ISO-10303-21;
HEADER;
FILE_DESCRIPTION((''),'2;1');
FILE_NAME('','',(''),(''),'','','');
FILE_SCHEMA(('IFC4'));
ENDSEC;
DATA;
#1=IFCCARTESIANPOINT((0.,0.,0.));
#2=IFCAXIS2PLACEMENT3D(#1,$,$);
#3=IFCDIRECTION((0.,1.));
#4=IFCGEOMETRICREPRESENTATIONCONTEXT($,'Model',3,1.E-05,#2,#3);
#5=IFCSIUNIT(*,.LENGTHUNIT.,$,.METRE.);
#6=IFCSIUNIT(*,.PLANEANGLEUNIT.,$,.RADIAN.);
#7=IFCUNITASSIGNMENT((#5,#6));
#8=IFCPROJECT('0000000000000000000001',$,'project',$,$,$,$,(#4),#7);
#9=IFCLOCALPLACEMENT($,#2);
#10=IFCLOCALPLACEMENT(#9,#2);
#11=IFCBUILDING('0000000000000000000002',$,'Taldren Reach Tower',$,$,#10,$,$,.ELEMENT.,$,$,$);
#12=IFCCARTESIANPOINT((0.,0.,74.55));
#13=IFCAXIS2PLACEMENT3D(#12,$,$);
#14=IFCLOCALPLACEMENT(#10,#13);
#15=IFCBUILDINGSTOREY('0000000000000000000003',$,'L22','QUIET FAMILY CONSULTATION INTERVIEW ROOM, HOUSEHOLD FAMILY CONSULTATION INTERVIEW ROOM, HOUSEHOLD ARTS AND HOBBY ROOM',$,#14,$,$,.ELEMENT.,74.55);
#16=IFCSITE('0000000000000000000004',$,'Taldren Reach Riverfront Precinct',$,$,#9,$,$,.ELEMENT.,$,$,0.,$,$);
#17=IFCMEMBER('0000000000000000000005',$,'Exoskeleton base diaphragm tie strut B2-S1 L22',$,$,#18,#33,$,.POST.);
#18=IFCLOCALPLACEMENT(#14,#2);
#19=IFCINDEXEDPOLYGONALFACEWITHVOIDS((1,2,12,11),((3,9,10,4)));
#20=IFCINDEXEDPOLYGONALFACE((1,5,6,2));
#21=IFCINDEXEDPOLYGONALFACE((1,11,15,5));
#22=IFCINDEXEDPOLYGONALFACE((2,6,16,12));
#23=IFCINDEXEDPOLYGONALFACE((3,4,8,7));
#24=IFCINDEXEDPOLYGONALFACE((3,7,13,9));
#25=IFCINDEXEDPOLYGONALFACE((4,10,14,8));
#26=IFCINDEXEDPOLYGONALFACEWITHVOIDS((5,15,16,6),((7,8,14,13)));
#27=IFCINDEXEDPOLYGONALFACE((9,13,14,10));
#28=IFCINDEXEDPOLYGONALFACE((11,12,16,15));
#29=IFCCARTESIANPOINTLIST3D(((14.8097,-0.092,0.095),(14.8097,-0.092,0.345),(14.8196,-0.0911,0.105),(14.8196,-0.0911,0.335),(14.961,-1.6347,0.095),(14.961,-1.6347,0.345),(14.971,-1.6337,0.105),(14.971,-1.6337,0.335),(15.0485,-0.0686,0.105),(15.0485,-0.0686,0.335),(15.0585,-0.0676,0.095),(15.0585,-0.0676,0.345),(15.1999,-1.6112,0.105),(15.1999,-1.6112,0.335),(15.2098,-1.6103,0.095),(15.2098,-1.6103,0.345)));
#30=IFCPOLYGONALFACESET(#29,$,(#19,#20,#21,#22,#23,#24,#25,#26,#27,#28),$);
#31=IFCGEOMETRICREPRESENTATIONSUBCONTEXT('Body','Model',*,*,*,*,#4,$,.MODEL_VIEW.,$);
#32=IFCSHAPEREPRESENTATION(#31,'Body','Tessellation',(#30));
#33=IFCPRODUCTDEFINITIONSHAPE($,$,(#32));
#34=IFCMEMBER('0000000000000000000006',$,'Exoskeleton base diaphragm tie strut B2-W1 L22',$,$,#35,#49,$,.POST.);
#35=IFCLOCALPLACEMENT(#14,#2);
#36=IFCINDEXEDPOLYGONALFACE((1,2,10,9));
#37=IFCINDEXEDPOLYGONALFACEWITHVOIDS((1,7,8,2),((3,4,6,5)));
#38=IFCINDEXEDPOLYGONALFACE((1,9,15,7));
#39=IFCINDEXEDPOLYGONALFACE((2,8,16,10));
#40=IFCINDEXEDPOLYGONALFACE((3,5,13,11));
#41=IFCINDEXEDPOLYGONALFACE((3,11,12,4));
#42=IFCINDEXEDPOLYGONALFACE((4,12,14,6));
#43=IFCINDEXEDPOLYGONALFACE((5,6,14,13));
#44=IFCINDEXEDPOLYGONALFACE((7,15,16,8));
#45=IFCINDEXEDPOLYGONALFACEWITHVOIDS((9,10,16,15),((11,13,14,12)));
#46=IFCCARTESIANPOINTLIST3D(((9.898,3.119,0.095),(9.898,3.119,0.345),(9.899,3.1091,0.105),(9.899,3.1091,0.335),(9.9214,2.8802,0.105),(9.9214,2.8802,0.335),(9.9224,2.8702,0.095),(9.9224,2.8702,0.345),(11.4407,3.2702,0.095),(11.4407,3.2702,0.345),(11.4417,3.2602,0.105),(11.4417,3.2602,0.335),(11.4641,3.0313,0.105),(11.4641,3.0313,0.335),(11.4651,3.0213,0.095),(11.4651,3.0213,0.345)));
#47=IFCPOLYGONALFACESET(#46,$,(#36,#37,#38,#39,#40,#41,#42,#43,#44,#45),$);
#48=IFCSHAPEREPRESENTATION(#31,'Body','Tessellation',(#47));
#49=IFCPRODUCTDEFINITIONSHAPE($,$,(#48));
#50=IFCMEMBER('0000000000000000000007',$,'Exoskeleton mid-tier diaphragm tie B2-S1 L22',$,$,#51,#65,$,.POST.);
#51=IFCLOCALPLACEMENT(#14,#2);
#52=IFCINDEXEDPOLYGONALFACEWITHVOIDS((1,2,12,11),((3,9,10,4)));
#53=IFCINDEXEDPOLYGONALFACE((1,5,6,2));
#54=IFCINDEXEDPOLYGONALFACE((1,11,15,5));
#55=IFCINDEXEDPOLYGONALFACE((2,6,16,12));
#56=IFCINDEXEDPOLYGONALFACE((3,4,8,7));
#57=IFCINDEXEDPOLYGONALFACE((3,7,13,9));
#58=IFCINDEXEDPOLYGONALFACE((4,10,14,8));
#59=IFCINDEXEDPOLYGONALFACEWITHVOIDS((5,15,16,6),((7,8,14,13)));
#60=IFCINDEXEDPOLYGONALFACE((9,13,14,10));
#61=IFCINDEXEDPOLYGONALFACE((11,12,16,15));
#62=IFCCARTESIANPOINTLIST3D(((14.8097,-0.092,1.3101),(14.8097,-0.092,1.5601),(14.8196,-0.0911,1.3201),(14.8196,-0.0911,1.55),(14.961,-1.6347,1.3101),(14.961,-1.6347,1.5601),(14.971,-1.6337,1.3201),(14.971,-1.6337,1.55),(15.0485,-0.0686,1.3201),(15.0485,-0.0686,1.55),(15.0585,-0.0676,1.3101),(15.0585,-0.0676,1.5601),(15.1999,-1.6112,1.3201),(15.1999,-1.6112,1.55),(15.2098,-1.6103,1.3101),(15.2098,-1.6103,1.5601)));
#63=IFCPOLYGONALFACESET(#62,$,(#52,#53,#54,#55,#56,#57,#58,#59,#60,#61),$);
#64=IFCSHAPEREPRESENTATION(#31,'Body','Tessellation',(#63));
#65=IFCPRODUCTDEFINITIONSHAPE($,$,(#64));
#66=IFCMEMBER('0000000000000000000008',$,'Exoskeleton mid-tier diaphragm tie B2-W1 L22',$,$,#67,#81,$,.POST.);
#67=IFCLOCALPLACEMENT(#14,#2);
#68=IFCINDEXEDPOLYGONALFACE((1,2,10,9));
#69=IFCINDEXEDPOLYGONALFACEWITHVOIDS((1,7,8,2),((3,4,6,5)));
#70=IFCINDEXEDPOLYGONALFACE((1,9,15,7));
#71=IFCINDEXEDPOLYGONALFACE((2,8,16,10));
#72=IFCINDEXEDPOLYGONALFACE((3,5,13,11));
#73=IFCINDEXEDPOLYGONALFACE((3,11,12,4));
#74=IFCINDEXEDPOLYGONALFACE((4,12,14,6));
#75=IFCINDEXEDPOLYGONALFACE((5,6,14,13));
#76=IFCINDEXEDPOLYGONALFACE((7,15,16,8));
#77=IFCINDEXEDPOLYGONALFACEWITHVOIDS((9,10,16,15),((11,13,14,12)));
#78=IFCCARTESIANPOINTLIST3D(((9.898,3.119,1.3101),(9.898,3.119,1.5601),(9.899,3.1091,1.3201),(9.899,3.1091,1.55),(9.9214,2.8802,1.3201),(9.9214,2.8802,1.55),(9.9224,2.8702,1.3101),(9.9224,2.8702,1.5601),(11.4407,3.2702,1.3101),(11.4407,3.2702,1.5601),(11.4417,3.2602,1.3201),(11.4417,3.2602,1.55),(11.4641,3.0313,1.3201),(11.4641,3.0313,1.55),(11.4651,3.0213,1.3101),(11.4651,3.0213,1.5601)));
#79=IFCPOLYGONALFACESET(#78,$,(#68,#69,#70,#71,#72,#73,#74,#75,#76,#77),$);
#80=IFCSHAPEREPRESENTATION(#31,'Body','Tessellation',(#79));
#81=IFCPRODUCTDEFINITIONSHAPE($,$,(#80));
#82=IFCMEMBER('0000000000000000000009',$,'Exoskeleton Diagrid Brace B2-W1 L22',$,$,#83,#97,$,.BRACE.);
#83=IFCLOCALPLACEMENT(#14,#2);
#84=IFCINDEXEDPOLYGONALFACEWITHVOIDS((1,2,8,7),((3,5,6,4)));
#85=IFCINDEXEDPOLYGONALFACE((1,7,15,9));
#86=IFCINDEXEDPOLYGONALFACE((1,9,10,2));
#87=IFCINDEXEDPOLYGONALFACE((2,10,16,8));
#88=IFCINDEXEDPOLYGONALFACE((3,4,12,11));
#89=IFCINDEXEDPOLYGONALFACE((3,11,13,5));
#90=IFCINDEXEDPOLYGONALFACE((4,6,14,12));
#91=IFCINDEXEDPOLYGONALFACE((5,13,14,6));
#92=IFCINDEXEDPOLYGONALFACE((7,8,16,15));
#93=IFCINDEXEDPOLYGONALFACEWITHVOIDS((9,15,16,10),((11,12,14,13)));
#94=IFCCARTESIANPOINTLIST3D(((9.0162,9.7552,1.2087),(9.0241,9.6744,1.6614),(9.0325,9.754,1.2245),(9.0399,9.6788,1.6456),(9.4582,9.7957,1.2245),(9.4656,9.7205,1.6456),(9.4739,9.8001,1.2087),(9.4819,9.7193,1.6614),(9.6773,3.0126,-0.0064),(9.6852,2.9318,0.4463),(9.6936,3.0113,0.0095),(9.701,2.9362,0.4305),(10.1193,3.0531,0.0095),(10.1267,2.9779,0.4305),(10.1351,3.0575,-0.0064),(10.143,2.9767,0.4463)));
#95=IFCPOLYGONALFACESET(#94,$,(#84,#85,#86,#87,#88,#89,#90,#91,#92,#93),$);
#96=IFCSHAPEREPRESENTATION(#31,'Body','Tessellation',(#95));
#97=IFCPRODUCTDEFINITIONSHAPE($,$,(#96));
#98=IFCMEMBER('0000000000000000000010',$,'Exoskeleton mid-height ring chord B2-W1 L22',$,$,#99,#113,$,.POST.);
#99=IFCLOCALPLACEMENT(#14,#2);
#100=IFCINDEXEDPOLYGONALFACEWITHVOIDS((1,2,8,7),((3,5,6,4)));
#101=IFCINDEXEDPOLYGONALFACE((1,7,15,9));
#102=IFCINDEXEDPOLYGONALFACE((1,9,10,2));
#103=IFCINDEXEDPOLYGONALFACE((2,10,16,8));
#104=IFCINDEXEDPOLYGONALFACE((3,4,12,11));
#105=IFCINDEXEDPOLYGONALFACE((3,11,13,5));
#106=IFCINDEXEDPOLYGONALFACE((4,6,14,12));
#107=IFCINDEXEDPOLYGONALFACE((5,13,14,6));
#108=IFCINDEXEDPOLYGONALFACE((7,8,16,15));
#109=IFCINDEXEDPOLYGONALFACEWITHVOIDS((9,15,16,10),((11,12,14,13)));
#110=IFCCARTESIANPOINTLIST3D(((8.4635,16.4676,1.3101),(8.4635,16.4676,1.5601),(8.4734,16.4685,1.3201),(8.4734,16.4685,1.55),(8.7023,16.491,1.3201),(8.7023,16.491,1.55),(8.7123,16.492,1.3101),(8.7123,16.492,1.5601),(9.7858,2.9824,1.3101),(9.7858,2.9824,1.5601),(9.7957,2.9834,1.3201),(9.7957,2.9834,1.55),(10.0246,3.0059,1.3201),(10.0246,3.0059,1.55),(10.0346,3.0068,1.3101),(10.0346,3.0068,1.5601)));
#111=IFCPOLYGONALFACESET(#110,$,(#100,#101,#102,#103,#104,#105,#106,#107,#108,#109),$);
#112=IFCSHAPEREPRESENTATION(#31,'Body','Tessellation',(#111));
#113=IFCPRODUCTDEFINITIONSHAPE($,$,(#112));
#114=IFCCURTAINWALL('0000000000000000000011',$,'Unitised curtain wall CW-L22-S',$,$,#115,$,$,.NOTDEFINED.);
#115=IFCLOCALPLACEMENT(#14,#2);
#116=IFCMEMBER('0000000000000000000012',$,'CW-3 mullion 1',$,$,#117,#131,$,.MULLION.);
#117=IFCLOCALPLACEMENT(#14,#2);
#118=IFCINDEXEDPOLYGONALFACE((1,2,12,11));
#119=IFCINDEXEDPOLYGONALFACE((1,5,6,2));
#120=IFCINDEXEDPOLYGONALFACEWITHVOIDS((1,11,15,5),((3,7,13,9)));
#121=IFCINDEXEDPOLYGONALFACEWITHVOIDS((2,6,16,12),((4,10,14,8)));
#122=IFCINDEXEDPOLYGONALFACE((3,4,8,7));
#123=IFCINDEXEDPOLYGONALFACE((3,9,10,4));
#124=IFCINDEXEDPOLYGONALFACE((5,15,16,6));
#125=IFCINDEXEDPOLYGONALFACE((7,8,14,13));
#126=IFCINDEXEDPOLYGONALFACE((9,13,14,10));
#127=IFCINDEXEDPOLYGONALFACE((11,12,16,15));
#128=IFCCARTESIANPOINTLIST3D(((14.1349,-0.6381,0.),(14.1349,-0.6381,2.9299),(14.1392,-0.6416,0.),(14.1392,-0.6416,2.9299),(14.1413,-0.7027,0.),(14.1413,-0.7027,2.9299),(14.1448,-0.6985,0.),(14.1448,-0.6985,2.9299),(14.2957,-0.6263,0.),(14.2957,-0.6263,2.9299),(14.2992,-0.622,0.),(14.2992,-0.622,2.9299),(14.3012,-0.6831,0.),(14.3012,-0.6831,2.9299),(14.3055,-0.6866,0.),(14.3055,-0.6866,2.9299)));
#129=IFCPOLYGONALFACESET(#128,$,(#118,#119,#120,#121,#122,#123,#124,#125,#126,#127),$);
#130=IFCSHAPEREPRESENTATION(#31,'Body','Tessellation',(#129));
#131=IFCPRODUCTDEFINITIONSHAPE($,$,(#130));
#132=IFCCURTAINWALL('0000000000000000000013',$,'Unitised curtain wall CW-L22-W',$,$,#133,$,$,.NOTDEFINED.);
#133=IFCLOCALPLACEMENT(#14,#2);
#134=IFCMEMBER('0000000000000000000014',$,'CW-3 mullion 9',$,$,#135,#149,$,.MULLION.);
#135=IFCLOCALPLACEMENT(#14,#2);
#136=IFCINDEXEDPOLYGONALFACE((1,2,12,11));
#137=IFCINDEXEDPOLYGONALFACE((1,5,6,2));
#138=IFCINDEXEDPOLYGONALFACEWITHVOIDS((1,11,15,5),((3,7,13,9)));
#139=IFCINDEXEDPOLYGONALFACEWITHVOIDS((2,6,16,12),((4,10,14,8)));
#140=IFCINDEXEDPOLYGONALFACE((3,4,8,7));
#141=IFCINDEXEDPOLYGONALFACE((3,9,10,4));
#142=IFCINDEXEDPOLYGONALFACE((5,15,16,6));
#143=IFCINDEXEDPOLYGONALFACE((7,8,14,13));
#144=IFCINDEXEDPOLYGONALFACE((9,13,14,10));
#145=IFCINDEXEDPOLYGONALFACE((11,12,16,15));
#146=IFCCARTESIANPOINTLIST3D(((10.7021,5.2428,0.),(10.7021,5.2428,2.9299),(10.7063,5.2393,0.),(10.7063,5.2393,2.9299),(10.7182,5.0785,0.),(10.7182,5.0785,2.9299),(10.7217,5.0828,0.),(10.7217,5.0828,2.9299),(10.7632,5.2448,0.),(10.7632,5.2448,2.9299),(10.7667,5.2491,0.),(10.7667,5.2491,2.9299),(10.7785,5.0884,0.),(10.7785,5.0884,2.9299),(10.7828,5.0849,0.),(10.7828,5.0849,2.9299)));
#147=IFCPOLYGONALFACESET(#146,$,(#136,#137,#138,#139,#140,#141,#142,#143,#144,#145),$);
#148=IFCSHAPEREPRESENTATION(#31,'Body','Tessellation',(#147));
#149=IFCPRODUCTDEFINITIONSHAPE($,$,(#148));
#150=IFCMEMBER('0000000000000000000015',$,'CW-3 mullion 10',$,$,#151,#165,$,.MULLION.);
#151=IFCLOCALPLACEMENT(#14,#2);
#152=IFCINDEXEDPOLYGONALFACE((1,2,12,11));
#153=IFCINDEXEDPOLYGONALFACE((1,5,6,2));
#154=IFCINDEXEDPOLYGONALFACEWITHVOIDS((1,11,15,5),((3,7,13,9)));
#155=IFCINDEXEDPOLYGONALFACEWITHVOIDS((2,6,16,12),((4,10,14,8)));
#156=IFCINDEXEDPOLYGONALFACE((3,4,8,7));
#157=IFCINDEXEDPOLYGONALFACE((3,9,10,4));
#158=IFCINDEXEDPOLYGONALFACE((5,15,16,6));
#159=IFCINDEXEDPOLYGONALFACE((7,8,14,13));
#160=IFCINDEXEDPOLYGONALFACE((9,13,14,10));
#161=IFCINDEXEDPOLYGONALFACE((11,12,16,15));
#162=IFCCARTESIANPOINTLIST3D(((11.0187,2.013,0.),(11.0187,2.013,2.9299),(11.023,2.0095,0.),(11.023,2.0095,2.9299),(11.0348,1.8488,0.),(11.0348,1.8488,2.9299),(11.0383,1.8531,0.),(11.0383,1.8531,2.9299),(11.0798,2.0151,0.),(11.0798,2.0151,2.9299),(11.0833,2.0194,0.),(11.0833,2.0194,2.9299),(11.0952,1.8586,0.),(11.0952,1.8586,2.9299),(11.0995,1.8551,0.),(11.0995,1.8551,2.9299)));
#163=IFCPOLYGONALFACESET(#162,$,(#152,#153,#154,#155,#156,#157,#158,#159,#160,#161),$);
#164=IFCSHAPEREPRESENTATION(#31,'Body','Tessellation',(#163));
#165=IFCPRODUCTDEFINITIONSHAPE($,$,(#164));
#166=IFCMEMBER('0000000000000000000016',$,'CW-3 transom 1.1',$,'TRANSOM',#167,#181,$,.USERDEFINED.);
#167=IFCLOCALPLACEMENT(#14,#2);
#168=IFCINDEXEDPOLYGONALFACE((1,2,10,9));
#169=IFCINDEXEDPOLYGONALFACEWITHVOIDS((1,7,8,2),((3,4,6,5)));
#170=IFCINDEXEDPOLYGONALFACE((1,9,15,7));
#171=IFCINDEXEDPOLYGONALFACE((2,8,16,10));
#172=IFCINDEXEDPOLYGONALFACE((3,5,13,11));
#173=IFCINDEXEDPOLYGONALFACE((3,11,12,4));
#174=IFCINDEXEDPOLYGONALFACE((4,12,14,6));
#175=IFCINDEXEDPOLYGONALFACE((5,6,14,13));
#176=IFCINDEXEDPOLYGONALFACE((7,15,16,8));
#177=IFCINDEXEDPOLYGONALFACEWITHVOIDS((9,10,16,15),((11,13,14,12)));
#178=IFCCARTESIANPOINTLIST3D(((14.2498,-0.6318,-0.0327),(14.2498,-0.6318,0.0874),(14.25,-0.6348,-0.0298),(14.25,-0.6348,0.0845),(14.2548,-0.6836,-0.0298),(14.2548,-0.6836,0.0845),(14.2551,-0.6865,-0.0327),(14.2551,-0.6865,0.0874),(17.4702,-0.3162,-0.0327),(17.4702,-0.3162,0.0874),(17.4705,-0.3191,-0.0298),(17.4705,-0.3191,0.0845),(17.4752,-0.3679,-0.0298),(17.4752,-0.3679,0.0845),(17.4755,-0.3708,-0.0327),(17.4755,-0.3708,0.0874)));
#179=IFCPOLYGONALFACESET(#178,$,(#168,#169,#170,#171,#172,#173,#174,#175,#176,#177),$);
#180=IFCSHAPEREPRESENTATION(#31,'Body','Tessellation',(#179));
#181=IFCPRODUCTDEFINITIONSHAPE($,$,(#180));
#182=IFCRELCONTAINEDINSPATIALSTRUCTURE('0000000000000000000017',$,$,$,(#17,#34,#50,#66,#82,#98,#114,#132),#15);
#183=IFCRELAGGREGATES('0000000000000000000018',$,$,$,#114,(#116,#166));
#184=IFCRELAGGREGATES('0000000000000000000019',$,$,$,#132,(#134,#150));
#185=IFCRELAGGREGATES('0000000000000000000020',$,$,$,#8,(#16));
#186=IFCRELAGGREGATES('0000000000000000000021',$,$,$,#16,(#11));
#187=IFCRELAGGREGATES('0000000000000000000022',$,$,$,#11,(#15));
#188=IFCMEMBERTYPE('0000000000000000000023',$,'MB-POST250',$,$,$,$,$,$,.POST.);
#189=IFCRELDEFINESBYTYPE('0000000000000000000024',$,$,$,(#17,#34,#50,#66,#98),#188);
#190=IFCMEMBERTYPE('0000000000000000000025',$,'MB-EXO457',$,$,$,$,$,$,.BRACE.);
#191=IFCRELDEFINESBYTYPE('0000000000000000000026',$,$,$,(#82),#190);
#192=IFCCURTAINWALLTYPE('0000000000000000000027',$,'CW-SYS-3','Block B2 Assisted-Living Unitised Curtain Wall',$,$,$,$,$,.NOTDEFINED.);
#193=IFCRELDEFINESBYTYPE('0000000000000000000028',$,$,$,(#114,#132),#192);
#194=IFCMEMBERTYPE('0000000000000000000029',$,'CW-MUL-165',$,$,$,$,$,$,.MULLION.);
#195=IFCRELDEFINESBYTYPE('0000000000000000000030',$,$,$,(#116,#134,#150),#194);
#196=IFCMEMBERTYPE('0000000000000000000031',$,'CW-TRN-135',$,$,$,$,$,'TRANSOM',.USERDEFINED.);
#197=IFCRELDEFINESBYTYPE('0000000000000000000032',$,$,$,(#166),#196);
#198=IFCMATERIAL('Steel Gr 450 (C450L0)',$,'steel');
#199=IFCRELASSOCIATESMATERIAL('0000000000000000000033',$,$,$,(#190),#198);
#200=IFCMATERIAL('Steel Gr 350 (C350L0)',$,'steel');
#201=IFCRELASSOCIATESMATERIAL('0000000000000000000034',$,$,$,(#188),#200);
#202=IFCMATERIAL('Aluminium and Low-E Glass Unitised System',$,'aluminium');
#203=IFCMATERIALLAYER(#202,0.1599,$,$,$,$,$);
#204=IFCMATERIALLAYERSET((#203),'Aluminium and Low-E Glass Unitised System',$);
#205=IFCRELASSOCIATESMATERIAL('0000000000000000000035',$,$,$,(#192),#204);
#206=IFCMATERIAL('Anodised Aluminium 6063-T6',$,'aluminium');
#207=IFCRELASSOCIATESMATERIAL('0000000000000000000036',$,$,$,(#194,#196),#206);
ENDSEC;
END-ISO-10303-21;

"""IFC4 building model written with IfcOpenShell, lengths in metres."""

from ifc_helpers import new_model, si_unit, direction, frame, origin, origin_2d, place, context, subcontext, project, spatial, hollow_rectangle, extrude, source, transform, mapped, material, layer, layer_set, material_profile, profile_set, type_object, element, aggregate, save


model = new_model("IFC4")

# Units and contexts
model_context = context("Model", 3, precision=1e-05, world=origin(), true_north=direction((0.0, 1.0)))
body_context = subcontext(model_context, "Body", "Model", "MODEL_VIEW")
ifc_project = project(units=[si_unit("LENGTHUNIT", "METRE"), si_unit("PLANEANGLEUNIT", "RADIAN")], contexts=[model_context])

# Site, building, storey
site_placement = place(None, origin())
site = spatial("IfcSite", under=ifc_project, at=site_placement, Name="Taldren Reach Riverfront Precinct", CompositionType="ELEMENT", RefElevation=0.0)
building_placement = place(site_placement, origin())
building = spatial("IfcBuilding", under=site, at=building_placement, Name="Taldren Reach Tower", CompositionType="ELEMENT")
storey_placement = place(building_placement, frame((0.0, 0.0, 74.55)))
storey = spatial("IfcBuildingStorey", under=building, at=storey_placement, Name="L22", Description="QUIET FAMILY CONSULTATION INTERVIEW ROOM, HOUSEHOLD FAMILY CONSULTATION INTERVIEW ROOM, HOUSEHOLD ARTS AND HOBBY ROOM", CompositionType="ELEMENT", Elevation=74.55)

# Members
ifc_material_1 = material(Name="Steel Gr 450 (C450L0)", Category="steel")
ifc_material_profile_1 = material_profile(ifc_material_1, hollow_rectangle(XDim=0.46, YDim=0.46, WallThickness=0.0161, at=origin_2d()), Name="460x460x16.0SHS")
ifc_profile_set_1 = profile_set([ifc_material_profile_1], Name="Steel Gr 450 (C450L0)")
member_type_1 = type_object("IfcMemberType", Name="MB-EXO457", PredefinedType="BRACE", material=ifc_profile_set_1)
ifc_material_2 = material(Name="Steel Gr 350 (C350L0)", Category="steel")
ifc_material_profile_2 = material_profile(ifc_material_2, hollow_rectangle(XDim=0.25, YDim=0.25, WallThickness=0.01, at=origin_2d()), Name="250x250x10.0SHS")
ifc_profile_set_2 = profile_set([ifc_material_profile_2], Name="Steel Gr 350 (C350L0)")
member_type_2 = type_object("IfcMemberType", Name="MB-POST250", PredefinedType="POST", material=ifc_profile_set_2)
shared_shape_1 = source(origin(), body_context, "Body", "SweptSolid", [
    extrude(hollow_rectangle(XDim=0.25, YDim=0.25, WallThickness=0.01, at=origin_2d()), origin(), (0.0, 0.0, 1.0), 1.55),
])
for number, where, z_axis, x_axis, name in (
    (1, (14.9341, -0.0798, 0.22), (0.097648, -0.995221, 0.0), (0.995221, 0.097648, 0.0), "Exoskeleton base diaphragm tie strut B2-S1 L22"),
    (2, (11.4529, 3.1458, 0.22), (-0.995236, -0.097492, 0.0), (0.097492, -0.995236, 0.0), "Exoskeleton base diaphragm tie strut B2-W1 L22"),
    (3, (14.9341, -0.0798, 1.4351), (0.097648, -0.995221, 0.0), (0.995221, 0.097648, 0.0), "Exoskeleton mid-tier diaphragm tie B2-S1 L22"),
    (4, (11.4529, 3.1458, 1.4351), (-0.995236, -0.097492, 0.0), (0.097492, -0.995236, 0.0), "Exoskeleton mid-tier diaphragm tie B2-W1 L22"),
):
    element("IfcMember", number, at=place(storey_placement, frame(where, z_axis=z_axis, x_axis=x_axis)), inside=storey, type_object=member_type_2, Name=name, PredefinedType="POST", context=body_context, shape_type="MappedRepresentation", body=[
        mapped(shared_shape_1, transform((0.0, 0.0, 0.0), scale=1.0)),
    ])
shared_shape_2 = source(origin(), body_context, "Body", "SweptSolid", [
    extrude(hollow_rectangle(XDim=0.46, YDim=0.46, WallThickness=0.0161, at=origin_2d()), origin(), (0.0, 0.0, 1.0), 6.8831),
])
member_1_placement = place(storey_placement, frame((9.9102, 2.9946, 0.22), z_axis=(-0.096051, 0.979597, 0.176532), x_axis=(-0.995227, -0.097584, 0.0)))
element("IfcMember", 5, at=member_1_placement, inside=storey, type_object=member_type_1, Name="Exoskeleton Diagrid Brace B2-W1 L22", PredefinedType="BRACE", context=body_context, shape_type="MappedRepresentation", body=[
    mapped(shared_shape_2, transform((0.0, 0.0, 0.0), scale=1.0)),
])
shared_shape_3 = source(origin(), body_context, "Body", "SweptSolid", [
    extrude(hollow_rectangle(XDim=0.25, YDim=0.25, WallThickness=0.01, at=origin_2d()), origin(), (0.0, 0.0, 1.0), 13.5498),
])
member_2_placement = place(storey_placement, frame((9.9102, 2.9946, 1.4351), z_axis=(-0.097586, 0.995227, 0.0), x_axis=(-0.995227, -0.097586, 0.0)))
element("IfcMember", 6, at=member_2_placement, inside=storey, type_object=member_type_2, Name="Exoskeleton mid-height ring chord B2-W1 L22", PredefinedType="POST", context=body_context, shape_type="MappedRepresentation", body=[
    mapped(shared_shape_3, transform((0.0, 0.0, 0.0), scale=1.0)),
])

# Curtain wall, member
ifc_material_3 = material(Name="Aluminium and Low-E Glass Unitised System", Category="aluminium")
ifc_layer_1 = layer(ifc_material_3, 0.1599)
ifc_layer_set_1 = layer_set([ifc_layer_1], Name="Aluminium and Low-E Glass Unitised System")
curtain_wall_type = type_object("IfcCurtainWallType", Name="CW-SYS-3", Description="Block B2 Assisted-Living Unitised Curtain Wall", PredefinedType="NOTDEFINED", material=ifc_layer_set_1)
curtain_wall_1_placement = place(storey_placement, origin())
curtain_wall_1 = element("IfcCurtainWall", 7, at=curtain_wall_1_placement, inside=storey, type_object=curtain_wall_type, Name="Unitised curtain wall CW-L22-S", PredefinedType="NOTDEFINED")
ifc_material_4 = material(Name="Anodised Aluminium 6063-T6", Category="aluminium")
ifc_material_profile_3 = material_profile(ifc_material_4, hollow_rectangle(XDim=0.0649, YDim=0.165, WallThickness=0.0039, at=origin_2d()), Name="ALU-165x65x4RHS")
ifc_profile_set_3 = profile_set([ifc_material_profile_3], Name="Anodised Aluminium 6063-T6")
member_type_3 = type_object("IfcMemberType", Name="CW-MUL-165", PredefinedType="MULLION", material=ifc_profile_set_3)
shared_shape_4 = source(origin(), body_context, "Body", "SweptSolid", [
    extrude(hollow_rectangle(XDim=0.0649, YDim=0.165, WallThickness=0.0039, at=origin_2d()), origin(), (0.0, 0.0, 1.0), 2.9299),
])
member_3_placement = place(storey_placement, frame((14.2202, -0.6624, 0.0), z_axis=(0.0, 0.0, 1.0), x_axis=(-0.097583, 0.995227, 0.0)))
member_3 = element("IfcMember", 8, at=member_3_placement, type_object=member_type_3, Name="CW-3 mullion 1", PredefinedType="MULLION", context=body_context, shape_type="MappedRepresentation", body=[
    mapped(shared_shape_4, transform((0.0, 0.0, 0.0), scale=1.0)),
])

# Curtain wall, members
curtain_wall_2_placement = place(storey_placement, origin())
curtain_wall_2 = element("IfcCurtainWall", 9, at=curtain_wall_2_placement, inside=storey, type_object=curtain_wall_type, Name="Unitised curtain wall CW-L22-W", PredefinedType="NOTDEFINED")
member_4_placement = place(storey_placement, frame((10.7424, 5.1638, 0.0), z_axis=(0.0, 0.0, 1.0), x_axis=(0.995227, 0.097583, 0.0)))
member_4 = element("IfcMember", 10, at=member_4_placement, type_object=member_type_3, Name="CW-3 mullion 9", PredefinedType="MULLION", context=body_context, shape_type="MappedRepresentation", body=[
    mapped(shared_shape_4, transform((0.0, 0.0, 0.0), scale=1.0)),
])
member_5_placement = place(storey_placement, frame((11.0591, 1.9341, 0.0), z_axis=(0.0, 0.0, 1.0), x_axis=(0.995227, 0.097583, 0.0)))
member_5 = element("IfcMember", 11, at=member_5_placement, type_object=member_type_3, Name="CW-3 mullion 10", PredefinedType="MULLION", context=body_context, shape_type="MappedRepresentation", body=[
    mapped(shared_shape_4, transform((0.0, 0.0, 0.0), scale=1.0)),
])

# Member
ifc_material_profile_4 = material_profile(ifc_material_4, hollow_rectangle(XDim=0.0549, YDim=0.1201, WallThickness=0.0029, at=origin_2d()), Name="ALU-120x55x3RHS")
ifc_profile_set_4 = profile_set([ifc_material_profile_4], Name="Anodised Aluminium 6063-T6")
member_type_4 = type_object("IfcMemberType", Name="CW-TRN-135", ElementType="TRANSOM", PredefinedType="USERDEFINED", material=ifc_profile_set_4)
shared_shape_5 = source(origin(), body_context, "Body", "SweptSolid", [
    extrude(hollow_rectangle(XDim=0.0549, YDim=0.1201, WallThickness=0.0029, at=origin_2d()), origin(), (0.0, 0.0, 1.0), 3.2358),
])
member_6_placement = place(storey_placement, frame((14.2524, -0.6592, 0.0273), z_axis=(0.99523, 0.097554, 0.0), x_axis=(-0.097554, 0.99523, 0.0)))
member_6 = element("IfcMember", 12, at=member_6_placement, type_object=member_type_4, Name="CW-3 transom 1.1", ObjectType="TRANSOM", PredefinedType="USERDEFINED", context=body_context, shape_type="MappedRepresentation", body=[
    mapped(shared_shape_5, transform((0.0, 0.0, 0.0), scale=1.0)),
])
aggregate(curtain_wall_1, [member_3, member_6])

aggregate(curtain_wall_2, [member_4, member_5])

save(model, "model.ifc")
